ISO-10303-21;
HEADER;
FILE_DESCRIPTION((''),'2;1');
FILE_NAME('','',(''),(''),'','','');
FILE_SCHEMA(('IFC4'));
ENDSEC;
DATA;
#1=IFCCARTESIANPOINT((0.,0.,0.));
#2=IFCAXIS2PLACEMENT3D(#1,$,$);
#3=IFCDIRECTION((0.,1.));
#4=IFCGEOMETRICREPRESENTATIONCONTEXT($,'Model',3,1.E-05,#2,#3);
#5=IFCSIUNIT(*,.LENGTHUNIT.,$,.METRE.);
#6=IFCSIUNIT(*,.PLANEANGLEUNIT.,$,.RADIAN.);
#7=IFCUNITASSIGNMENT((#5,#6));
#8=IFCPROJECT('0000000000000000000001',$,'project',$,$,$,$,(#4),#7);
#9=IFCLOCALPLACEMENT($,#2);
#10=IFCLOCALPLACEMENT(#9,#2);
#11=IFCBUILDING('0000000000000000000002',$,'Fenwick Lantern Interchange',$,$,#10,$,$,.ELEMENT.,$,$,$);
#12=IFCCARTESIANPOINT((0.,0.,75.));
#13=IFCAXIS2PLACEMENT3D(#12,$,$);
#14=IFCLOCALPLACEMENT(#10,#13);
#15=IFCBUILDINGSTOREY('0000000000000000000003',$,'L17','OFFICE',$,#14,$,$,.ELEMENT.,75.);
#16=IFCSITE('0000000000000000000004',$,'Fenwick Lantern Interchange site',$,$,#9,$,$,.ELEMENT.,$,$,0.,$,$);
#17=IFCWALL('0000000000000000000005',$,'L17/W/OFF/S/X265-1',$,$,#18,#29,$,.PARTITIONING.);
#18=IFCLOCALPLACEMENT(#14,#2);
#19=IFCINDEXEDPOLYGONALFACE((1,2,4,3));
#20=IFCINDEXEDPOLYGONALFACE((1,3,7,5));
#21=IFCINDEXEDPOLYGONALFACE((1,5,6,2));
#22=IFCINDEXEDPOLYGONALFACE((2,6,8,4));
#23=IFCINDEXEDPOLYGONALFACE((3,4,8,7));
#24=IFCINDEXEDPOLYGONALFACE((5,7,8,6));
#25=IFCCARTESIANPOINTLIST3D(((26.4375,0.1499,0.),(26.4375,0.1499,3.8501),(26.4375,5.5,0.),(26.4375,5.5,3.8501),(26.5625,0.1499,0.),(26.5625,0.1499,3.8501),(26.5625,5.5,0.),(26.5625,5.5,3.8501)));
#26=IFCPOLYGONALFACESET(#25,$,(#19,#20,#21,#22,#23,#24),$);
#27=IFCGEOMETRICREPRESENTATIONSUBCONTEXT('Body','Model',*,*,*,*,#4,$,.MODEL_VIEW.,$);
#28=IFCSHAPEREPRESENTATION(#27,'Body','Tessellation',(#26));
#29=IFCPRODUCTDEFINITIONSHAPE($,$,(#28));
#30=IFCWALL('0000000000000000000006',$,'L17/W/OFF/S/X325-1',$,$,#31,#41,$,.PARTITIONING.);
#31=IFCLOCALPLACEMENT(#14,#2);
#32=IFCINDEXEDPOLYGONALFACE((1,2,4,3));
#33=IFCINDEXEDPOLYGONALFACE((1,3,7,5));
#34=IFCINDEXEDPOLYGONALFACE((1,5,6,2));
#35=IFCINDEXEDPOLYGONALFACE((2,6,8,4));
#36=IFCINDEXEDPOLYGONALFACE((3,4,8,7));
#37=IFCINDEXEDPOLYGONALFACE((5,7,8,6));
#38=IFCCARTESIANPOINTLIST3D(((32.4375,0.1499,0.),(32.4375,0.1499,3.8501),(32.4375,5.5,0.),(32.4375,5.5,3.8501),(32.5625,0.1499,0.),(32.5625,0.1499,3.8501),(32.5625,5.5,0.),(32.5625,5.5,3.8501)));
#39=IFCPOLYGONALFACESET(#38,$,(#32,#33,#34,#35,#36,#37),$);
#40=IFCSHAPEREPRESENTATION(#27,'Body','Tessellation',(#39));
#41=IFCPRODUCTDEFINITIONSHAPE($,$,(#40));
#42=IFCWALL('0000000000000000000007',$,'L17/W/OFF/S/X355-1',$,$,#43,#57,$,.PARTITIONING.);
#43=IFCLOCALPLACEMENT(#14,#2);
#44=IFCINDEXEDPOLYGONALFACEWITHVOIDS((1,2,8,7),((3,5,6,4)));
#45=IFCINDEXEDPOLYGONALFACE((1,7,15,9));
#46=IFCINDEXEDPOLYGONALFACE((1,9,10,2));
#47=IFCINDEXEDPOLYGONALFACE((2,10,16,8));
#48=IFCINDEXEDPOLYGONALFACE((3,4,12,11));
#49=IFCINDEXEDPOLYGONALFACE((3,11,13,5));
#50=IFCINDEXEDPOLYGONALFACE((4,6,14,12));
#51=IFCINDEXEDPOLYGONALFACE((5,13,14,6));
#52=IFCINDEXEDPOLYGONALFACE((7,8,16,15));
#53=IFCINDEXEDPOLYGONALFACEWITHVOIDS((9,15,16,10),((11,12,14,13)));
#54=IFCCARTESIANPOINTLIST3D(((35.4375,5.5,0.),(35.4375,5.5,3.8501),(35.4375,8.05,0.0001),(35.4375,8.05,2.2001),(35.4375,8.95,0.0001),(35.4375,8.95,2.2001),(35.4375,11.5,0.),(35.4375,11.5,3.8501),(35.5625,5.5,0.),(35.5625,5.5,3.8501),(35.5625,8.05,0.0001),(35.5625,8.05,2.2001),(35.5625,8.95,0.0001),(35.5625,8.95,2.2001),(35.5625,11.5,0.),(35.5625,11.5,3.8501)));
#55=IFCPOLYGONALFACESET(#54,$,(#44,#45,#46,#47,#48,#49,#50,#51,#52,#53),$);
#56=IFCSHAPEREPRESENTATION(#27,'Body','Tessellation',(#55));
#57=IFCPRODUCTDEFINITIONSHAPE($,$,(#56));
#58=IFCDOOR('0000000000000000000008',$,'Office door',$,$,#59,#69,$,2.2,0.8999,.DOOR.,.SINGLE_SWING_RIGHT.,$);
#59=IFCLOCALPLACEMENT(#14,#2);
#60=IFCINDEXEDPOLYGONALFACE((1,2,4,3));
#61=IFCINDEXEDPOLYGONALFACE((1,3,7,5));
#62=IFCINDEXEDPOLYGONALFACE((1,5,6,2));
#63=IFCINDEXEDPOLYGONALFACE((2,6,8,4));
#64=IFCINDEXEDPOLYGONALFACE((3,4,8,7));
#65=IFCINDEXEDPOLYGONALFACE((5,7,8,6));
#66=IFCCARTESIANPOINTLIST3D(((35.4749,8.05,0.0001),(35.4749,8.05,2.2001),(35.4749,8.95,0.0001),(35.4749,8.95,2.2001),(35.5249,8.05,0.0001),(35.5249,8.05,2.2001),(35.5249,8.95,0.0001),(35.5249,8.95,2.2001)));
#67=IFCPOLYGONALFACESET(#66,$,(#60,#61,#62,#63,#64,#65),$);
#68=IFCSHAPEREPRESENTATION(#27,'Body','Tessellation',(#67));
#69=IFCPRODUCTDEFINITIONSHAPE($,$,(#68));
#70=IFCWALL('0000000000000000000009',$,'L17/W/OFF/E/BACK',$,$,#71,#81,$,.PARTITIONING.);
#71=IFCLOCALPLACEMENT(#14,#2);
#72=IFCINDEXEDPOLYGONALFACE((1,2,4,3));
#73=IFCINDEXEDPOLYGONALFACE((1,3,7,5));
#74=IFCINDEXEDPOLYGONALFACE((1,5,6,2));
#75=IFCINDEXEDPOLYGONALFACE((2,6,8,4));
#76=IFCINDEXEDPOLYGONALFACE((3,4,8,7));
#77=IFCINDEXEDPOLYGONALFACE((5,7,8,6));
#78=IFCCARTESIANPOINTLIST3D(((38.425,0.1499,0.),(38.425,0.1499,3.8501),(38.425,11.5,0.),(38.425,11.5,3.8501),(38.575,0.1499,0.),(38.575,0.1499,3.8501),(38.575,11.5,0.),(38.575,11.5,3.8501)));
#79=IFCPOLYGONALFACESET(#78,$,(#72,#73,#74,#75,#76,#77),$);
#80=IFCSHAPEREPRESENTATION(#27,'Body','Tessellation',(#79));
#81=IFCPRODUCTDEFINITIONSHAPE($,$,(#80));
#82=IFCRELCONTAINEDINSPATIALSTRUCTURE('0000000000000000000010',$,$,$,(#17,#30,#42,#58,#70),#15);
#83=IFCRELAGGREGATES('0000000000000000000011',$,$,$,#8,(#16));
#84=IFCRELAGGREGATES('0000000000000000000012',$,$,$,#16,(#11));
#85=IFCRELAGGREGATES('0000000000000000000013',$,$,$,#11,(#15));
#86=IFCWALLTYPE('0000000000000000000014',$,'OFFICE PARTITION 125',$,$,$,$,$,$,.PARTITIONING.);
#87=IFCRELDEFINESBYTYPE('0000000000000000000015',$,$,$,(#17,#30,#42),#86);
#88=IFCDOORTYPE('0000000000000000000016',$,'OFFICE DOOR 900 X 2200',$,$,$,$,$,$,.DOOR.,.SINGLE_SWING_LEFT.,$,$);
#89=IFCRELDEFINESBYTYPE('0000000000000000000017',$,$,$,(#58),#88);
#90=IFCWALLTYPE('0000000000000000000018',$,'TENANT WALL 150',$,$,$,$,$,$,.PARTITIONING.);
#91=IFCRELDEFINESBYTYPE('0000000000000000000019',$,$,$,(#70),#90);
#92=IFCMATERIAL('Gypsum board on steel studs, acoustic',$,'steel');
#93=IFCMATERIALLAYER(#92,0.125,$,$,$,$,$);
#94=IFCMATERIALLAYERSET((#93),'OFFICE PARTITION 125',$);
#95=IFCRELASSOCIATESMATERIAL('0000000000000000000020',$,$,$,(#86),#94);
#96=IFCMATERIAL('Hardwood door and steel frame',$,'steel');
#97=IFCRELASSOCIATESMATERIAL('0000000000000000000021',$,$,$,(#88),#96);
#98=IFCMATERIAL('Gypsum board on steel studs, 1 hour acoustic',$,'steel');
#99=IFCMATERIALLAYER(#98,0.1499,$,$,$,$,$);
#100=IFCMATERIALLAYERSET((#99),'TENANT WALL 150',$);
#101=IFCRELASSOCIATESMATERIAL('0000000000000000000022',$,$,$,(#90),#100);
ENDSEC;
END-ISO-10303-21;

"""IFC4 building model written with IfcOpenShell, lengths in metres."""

from ifc_helpers import new_model, si_unit, direction, frame, frame_2d, origin, place, context, subcontext, project, spatial, rectangle, extrude, material, layer, layer_set, type_object, element, fill, save


model = new_model("IFC4")

# Units and contexts
model_context = context("Model", 3, precision=1e-05, world=origin(), true_north=direction((0.0, 1.0)))
body_context = subcontext(model_context, "Body", "Model", "MODEL_VIEW")
ifc_project = project(units=[si_unit("LENGTHUNIT", "METRE"), si_unit("PLANEANGLEUNIT", "RADIAN")], contexts=[model_context])

# Site, building, storey
site_placement = place(None, origin())
site = spatial("IfcSite", under=ifc_project, at=site_placement, Name="Fenwick Lantern Interchange site", CompositionType="ELEMENT", RefElevation=0.0)
building_placement = place(site_placement, origin())
building = spatial("IfcBuilding", under=site, at=building_placement, Name="Fenwick Lantern Interchange", CompositionType="ELEMENT")
storey_placement = place(building_placement, frame((0.0, 0.0, 75.0)))
storey = spatial("IfcBuildingStorey", under=building, at=storey_placement, Name="L17", Description="OFFICE", CompositionType="ELEMENT", Elevation=75.0)

# Walls
ifc_material_1 = material(Name="Gypsum board on steel studs, acoustic", Category="steel")
ifc_layer_1 = layer(ifc_material_1, 0.125)
ifc_layer_set_1 = layer_set([ifc_layer_1], Name="OFFICE PARTITION 125")
wall_type_1 = type_object("IfcWallType", Name="OFFICE PARTITION 125", PredefinedType="PARTITIONING", material=ifc_layer_set_1)
for number, where, z_axis, x_axis, name in (
    (1, (26.5, 0.1499, 0.0), (0.0, 0.0, 1.0), (0.0, 1.0, 0.0), "L17/W/OFF/S/X265-1"),
    (2, (32.5, 0.1499, 0.0), (0.0, 0.0, 1.0), (0.0, 1.0, 0.0), "L17/W/OFF/S/X325-1"),
):
    element("IfcWall", number, at=place(storey_placement, frame(where, z_axis=z_axis, x_axis=x_axis)), inside=storey, type_object=wall_type_1, Name=name, PredefinedType="PARTITIONING", context=body_context, shape_type="SweptSolid", body=[
        extrude(rectangle(XDim=5.3501, YDim=0.125, at=frame_2d((2.675, 0.0))), origin(), (0.0, 0.0, 1.0), 3.8501),
    ])

# Wall, opening, door
wall_1_placement = place(storey_placement, frame((35.5, 5.5, 0.0), z_axis=(0.0, 0.0, 1.0), x_axis=(0.0, 1.0, 0.0)))
wall_1 = element("IfcWall", 3, at=wall_1_placement, inside=storey, type_object=wall_type_1, Name="L17/W/OFF/S/X355-1", PredefinedType="PARTITIONING", context=body_context, shape_type="SweptSolid", body=[
    extrude(rectangle(XDim=6.0, YDim=0.125, at=frame_2d((3.0, 0.0))), origin(), (0.0, 0.0, 1.0), 3.8501),
])
opening_placement = place(wall_1_placement, frame((2.55, 0.0, 0.0)))
opening = element("IfcOpeningElement", 4, at=opening_placement, cuts=wall_1, PredefinedType="OPENING", context=body_context, shape_type="SweptSolid", body=[
    extrude(rectangle(XDim=0.8999, YDim=2.2, at=frame_2d((0.45, 1.1001))), frame((0.0, 0.0725, 0.0), z_axis=(0.0, -1.0, 0.0), x_axis=(1.0, 0.0, 0.0)), (0.0, 0.0, 1.0), 0.145),
])
ifc_material_2 = material(Name="Hardwood door and steel frame", Category="steel")
door_type = type_object("IfcDoorType", Name="OFFICE DOOR 900 X 2200", OperationType="SINGLE_SWING_LEFT", PredefinedType="DOOR", material=ifc_material_2)
door_placement = place(opening_placement, frame((0.8999, 0.0, 0.0), z_axis=(0.0, 0.0, 1.0), x_axis=(-1.0, 0.0, 0.0)))
door = element("IfcDoor", 5, at=door_placement, inside=storey, type_object=door_type, Name="Office door", OperationType="SINGLE_SWING_RIGHT", OverallHeight=2.2, OverallWidth=0.8999, PredefinedType="DOOR", context=body_context, shape_type="SweptSolid", body=[
    extrude(rectangle(XDim=0.8999, YDim=2.2, at=frame_2d((0.45, 1.1001))), frame((0.0, 0.0249, 0.0), z_axis=(0.0, -1.0, 0.0), x_axis=(1.0, 0.0, 0.0)), (0.0, 0.0, 1.0), 0.05),
])
fill(opening, door)

# Wall
ifc_material_3 = material(Name="Gypsum board on steel studs, 1 hour acoustic", Category="steel")
ifc_layer_2 = layer(ifc_material_3, 0.1499)
ifc_layer_set_2 = layer_set([ifc_layer_2], Name="TENANT WALL 150")
wall_type_2 = type_object("IfcWallType", Name="TENANT WALL 150", PredefinedType="PARTITIONING", material=ifc_layer_set_2)
wall_2_placement = place(storey_placement, frame((38.5, 0.1499, 0.0), z_axis=(0.0, 0.0, 1.0), x_axis=(0.0, 1.0, 0.0)))
element("IfcWall", 6, at=wall_2_placement, inside=storey, type_object=wall_type_2, Name="L17/W/OFF/E/BACK", PredefinedType="PARTITIONING", context=body_context, shape_type="SweptSolid", body=[
    extrude(rectangle(XDim=11.3501, YDim=0.1499, at=frame_2d((5.675, 0.0))), origin(), (0.0, 0.0, 1.0), 3.8501),
])

save(model, "model.ifc")
